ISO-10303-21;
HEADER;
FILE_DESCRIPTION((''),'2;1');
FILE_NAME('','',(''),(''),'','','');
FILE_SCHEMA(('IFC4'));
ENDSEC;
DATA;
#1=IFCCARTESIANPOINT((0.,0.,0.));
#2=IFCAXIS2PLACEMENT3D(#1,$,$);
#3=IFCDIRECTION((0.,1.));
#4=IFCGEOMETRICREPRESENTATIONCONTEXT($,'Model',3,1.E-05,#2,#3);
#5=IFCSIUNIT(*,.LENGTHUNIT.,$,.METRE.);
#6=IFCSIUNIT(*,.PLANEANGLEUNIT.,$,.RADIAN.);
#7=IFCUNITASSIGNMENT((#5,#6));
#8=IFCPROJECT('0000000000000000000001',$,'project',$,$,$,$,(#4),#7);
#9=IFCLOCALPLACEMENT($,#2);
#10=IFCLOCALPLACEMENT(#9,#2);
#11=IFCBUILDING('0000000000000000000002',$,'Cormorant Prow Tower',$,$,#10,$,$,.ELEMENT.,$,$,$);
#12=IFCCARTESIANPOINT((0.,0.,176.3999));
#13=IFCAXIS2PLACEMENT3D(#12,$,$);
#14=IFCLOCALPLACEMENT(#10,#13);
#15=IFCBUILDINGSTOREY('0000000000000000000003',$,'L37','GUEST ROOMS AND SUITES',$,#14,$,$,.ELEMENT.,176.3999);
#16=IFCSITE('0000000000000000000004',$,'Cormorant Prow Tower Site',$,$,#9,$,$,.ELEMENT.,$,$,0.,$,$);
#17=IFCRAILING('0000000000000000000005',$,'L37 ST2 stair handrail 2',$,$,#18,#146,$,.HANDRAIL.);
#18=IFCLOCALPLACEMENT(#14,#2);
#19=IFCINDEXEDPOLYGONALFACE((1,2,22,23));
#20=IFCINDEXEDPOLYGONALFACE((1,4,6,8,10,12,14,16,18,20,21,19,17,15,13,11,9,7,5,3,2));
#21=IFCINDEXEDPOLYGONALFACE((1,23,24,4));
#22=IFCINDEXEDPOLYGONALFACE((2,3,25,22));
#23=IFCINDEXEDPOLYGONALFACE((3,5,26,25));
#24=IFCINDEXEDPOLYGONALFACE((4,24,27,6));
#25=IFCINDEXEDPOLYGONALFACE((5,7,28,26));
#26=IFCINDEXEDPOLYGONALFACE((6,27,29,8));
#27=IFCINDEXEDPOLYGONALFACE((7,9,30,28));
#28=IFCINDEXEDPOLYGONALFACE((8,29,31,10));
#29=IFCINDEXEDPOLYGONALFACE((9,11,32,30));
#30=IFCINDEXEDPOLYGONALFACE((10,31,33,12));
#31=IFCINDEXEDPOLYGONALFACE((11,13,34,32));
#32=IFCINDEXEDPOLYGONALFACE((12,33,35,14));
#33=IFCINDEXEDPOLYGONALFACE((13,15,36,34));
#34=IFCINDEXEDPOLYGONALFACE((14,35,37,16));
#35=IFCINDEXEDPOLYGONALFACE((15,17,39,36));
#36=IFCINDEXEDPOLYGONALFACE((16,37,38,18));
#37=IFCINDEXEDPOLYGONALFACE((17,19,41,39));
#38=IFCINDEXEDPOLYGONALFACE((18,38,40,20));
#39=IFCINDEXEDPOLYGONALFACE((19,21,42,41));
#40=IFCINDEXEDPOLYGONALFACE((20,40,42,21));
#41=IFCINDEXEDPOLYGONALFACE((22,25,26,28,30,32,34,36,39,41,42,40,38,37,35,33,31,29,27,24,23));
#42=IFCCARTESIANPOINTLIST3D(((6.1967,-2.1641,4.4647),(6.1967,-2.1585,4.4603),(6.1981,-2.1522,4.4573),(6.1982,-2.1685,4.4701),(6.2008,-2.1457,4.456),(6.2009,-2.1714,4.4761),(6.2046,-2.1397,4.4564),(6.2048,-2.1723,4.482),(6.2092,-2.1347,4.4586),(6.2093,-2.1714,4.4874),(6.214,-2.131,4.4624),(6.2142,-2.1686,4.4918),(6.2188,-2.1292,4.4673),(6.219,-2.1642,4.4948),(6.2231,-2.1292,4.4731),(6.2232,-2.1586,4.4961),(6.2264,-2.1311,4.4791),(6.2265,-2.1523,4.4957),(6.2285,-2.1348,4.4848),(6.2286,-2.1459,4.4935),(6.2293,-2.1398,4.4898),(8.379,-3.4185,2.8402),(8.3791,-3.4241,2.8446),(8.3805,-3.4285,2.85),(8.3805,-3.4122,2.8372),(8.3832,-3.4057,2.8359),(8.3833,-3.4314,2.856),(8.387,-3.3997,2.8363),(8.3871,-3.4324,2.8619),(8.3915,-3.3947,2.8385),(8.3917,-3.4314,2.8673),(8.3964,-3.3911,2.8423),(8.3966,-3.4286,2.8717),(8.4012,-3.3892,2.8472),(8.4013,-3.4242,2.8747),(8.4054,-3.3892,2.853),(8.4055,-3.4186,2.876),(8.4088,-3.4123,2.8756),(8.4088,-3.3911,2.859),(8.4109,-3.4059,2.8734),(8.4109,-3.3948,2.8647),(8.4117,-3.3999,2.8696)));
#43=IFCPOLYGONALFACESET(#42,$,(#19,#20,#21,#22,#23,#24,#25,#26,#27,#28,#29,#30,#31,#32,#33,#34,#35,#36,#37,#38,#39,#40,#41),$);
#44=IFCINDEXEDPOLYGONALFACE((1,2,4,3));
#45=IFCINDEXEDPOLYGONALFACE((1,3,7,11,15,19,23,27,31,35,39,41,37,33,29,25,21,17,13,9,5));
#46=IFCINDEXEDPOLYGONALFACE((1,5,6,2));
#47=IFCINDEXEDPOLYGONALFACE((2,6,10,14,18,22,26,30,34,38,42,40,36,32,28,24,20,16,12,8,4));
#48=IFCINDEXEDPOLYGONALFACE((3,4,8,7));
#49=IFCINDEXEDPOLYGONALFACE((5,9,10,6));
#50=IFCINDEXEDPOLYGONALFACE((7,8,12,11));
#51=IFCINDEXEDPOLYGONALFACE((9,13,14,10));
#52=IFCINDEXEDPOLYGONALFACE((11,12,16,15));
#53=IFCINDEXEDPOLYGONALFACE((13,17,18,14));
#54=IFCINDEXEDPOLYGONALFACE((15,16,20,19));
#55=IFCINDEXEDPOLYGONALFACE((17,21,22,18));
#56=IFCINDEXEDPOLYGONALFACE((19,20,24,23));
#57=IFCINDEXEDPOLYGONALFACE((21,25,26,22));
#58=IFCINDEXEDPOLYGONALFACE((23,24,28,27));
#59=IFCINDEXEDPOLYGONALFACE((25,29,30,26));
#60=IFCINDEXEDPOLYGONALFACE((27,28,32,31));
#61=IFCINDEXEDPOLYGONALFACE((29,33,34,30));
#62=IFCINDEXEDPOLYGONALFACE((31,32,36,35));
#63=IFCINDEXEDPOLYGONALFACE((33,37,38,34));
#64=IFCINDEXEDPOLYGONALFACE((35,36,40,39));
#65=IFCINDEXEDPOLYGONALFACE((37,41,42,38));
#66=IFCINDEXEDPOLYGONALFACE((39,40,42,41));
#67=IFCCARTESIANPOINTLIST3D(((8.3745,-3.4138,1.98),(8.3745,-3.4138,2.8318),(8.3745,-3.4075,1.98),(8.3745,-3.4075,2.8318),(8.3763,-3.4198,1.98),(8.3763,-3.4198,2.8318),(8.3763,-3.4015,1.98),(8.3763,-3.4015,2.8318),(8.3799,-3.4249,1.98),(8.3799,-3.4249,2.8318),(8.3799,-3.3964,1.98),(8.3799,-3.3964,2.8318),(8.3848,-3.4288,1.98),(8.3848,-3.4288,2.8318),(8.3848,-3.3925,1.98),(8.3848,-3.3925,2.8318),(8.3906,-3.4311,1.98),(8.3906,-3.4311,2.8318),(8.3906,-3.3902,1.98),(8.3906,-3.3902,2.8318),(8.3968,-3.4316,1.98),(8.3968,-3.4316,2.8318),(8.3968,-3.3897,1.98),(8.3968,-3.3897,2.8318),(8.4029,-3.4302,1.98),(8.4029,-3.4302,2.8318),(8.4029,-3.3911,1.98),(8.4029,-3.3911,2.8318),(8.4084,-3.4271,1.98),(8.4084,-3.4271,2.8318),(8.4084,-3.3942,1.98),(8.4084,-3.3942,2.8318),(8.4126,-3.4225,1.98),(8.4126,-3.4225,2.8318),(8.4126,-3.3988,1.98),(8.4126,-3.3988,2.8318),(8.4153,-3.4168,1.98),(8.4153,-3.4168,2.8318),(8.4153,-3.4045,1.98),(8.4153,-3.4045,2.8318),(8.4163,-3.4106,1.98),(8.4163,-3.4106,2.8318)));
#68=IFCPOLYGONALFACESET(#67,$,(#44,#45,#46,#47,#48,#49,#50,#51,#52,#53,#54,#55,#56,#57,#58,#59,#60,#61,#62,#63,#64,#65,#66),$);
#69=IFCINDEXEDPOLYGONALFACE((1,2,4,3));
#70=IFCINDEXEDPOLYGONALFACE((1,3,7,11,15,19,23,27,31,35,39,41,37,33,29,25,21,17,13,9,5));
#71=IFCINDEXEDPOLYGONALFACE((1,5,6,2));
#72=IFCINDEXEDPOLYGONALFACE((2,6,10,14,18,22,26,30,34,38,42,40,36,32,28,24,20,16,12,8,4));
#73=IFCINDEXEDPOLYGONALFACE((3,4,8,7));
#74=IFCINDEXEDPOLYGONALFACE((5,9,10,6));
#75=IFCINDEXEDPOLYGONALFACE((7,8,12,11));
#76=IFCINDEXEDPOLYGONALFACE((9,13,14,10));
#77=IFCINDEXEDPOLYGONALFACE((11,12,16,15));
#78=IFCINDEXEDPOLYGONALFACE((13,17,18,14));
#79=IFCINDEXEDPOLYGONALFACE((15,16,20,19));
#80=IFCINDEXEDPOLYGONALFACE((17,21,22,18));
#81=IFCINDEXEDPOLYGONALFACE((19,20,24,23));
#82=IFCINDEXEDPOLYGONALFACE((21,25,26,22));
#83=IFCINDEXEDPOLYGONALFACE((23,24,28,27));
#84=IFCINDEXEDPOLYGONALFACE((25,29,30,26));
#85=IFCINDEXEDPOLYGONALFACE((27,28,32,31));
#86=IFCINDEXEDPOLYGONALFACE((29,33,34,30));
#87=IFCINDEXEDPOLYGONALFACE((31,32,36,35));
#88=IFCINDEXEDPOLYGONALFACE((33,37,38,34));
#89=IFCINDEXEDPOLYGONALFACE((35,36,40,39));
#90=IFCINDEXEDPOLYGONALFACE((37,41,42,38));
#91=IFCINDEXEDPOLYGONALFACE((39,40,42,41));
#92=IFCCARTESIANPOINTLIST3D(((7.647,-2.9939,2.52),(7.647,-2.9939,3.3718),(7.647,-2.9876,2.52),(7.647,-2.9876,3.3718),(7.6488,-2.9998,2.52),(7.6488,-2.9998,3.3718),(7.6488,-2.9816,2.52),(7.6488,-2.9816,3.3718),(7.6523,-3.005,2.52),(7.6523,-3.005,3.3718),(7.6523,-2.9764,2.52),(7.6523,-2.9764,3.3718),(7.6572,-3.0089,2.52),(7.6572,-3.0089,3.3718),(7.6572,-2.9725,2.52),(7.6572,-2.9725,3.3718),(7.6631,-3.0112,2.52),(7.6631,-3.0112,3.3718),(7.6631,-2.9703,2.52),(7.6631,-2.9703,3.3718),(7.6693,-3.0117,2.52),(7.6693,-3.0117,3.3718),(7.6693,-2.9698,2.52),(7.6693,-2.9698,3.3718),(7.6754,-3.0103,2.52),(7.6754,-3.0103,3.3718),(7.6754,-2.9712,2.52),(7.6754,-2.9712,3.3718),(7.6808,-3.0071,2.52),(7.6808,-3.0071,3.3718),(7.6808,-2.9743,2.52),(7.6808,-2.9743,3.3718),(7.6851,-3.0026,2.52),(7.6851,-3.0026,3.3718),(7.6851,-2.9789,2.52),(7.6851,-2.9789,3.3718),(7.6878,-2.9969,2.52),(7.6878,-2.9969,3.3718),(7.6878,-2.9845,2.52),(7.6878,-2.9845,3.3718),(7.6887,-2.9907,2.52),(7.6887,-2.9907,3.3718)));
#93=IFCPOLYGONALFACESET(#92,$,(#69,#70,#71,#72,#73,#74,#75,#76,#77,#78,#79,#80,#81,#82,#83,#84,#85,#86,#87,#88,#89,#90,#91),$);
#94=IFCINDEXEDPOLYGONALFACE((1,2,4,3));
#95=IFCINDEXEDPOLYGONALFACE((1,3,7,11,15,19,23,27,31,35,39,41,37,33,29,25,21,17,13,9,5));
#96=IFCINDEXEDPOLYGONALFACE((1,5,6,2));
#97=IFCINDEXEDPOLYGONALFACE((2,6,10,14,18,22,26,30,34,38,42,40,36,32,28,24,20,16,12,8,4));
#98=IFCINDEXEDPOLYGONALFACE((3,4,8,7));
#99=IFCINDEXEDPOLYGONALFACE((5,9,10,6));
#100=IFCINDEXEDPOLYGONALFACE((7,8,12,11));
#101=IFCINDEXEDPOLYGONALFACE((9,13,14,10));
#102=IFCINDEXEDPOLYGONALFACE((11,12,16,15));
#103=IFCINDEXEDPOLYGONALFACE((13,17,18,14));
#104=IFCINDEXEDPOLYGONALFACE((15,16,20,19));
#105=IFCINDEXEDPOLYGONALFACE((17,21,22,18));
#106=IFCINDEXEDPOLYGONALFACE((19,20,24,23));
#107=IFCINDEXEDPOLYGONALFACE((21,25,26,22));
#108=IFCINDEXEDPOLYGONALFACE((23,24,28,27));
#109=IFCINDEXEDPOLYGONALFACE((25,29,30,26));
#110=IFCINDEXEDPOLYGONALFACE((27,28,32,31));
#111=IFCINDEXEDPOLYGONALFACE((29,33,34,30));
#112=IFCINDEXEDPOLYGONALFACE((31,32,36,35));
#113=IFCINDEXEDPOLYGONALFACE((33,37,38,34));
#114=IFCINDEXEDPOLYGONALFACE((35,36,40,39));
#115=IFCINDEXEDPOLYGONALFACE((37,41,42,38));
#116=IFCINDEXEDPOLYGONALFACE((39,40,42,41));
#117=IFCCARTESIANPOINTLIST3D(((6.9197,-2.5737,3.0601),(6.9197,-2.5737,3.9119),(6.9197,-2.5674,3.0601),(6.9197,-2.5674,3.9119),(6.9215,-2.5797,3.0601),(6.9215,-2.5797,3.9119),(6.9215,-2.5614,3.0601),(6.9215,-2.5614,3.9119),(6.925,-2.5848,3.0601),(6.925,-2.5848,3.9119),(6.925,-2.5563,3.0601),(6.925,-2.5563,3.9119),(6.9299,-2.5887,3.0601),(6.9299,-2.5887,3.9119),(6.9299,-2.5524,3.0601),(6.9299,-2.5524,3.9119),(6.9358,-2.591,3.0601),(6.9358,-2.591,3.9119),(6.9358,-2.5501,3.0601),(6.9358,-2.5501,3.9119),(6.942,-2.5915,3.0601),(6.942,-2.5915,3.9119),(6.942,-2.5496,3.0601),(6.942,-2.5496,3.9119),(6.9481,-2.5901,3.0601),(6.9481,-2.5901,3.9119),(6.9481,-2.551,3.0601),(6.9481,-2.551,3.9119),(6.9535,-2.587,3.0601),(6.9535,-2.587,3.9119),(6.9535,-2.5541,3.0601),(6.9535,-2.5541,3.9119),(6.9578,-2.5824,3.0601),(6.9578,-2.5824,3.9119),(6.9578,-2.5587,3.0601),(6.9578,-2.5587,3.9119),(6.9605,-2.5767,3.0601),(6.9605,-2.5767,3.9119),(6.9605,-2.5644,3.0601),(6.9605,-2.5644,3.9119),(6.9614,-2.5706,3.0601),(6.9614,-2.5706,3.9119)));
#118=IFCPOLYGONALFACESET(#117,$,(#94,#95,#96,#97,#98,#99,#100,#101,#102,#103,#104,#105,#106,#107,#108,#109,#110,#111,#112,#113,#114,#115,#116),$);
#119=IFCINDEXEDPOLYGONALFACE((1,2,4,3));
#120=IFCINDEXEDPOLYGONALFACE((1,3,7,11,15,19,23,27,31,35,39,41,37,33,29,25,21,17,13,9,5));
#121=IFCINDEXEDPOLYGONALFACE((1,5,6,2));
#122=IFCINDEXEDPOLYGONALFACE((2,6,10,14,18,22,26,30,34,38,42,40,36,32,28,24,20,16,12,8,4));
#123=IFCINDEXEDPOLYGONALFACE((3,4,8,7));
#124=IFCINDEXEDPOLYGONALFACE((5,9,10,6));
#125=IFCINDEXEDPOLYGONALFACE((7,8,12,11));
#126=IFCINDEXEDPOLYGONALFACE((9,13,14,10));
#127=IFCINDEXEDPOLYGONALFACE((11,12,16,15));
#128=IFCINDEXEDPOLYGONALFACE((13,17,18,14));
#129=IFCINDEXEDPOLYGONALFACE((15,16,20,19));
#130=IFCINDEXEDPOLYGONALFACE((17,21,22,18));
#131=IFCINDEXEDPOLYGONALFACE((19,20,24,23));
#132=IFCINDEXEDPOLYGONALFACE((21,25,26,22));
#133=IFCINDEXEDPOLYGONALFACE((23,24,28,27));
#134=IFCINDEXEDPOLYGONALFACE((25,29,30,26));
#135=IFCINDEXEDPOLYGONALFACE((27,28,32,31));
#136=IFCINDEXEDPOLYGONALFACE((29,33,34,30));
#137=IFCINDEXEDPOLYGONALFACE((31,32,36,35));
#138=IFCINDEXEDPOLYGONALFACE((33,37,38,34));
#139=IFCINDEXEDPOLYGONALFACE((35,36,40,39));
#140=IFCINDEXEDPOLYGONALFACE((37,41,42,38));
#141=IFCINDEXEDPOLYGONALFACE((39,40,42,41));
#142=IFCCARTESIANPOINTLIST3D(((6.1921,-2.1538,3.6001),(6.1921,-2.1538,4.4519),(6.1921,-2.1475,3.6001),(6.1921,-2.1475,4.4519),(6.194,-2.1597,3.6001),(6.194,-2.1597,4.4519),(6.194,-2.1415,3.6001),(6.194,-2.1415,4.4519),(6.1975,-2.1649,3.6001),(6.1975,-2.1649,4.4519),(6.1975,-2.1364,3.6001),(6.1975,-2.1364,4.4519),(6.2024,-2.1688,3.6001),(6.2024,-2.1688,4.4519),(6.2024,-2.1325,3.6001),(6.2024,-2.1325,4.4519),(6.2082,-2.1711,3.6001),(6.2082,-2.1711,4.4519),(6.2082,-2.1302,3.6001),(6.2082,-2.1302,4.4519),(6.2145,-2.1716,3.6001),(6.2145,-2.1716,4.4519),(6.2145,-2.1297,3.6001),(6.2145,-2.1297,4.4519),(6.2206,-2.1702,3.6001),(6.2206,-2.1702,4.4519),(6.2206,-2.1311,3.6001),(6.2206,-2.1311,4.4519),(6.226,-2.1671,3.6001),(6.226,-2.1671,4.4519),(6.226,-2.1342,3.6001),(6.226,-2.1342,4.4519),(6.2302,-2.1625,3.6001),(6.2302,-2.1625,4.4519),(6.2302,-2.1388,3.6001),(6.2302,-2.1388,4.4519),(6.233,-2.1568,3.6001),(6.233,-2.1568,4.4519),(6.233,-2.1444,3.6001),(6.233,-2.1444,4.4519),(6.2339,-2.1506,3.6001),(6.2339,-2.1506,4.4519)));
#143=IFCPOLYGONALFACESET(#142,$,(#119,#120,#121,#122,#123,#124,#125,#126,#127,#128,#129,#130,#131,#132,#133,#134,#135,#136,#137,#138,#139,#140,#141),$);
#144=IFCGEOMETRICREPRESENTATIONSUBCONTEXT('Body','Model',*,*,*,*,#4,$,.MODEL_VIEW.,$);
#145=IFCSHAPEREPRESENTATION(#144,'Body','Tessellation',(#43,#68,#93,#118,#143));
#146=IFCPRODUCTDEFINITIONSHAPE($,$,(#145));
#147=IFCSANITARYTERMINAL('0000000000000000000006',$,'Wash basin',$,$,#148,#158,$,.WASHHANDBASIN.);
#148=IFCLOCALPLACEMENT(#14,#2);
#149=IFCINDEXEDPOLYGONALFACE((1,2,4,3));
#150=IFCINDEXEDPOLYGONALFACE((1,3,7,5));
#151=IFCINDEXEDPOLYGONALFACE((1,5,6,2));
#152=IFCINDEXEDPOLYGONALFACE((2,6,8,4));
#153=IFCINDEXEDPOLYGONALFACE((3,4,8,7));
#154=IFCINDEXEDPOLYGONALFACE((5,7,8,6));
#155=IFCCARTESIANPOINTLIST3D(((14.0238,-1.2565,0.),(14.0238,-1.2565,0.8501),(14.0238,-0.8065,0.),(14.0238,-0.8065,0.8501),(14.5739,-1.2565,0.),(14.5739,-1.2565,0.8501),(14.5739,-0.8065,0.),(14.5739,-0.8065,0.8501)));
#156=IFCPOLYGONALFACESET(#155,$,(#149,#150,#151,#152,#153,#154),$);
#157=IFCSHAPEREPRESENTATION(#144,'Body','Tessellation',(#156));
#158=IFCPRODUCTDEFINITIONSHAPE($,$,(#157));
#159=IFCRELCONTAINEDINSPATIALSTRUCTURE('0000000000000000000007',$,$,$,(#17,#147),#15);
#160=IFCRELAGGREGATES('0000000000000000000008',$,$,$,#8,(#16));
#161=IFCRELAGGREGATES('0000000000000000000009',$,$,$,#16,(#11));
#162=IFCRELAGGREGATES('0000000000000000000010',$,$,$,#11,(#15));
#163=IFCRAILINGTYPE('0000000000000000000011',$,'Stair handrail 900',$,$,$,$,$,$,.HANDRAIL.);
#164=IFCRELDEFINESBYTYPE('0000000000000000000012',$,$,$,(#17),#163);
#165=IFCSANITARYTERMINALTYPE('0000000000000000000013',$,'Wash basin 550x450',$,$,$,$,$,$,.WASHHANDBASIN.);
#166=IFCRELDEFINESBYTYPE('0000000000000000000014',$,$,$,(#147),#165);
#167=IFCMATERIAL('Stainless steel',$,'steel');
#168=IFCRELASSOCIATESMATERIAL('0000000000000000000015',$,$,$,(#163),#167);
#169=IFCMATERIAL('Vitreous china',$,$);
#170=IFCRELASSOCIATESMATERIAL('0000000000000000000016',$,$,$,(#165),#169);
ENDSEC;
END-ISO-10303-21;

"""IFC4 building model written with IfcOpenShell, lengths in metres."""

from ifc_helpers import new_model, si_unit, direction, frame, origin, origin_2d, place, context, subcontext, project, spatial, rectangle, circle, extrude, material, type_object, element, save


model = new_model("IFC4")

# Units and contexts
model_context = context("Model", 3, precision=1e-05, world=origin(), true_north=direction((0.0, 1.0)))
body_context = subcontext(model_context, "Body", "Model", "MODEL_VIEW")
ifc_project = project(units=[si_unit("LENGTHUNIT", "METRE"), si_unit("PLANEANGLEUNIT", "RADIAN")], contexts=[model_context])

# Site, building, storey
site_placement = place(None, origin())
site = spatial("IfcSite", under=ifc_project, at=site_placement, Name="Cormorant Prow Tower Site", CompositionType="ELEMENT", RefElevation=0.0)
building_placement = place(site_placement, origin())
building = spatial("IfcBuilding", under=site, at=building_placement, Name="Cormorant Prow Tower", CompositionType="ELEMENT")
storey_placement = place(building_placement, frame((0.0, 0.0, 176.3999)))
storey = spatial("IfcBuildingStorey", under=building, at=storey_placement, Name="L37", Description="GUEST ROOMS AND SUITES", CompositionType="ELEMENT", Elevation=176.3999)

# Railing
ifc_material_1 = material(Name="Stainless steel", Category="steel")
railing_type_1 = type_object("IfcRailingType", Name="Stair handrail 900", PredefinedType="HANDRAIL", material=ifc_material_1)
railing_1_placement = place(storey_placement, frame((8.3953, -3.4106, 1.98)))
element("IfcRailing", 1, at=railing_1_placement, inside=storey, type_object=railing_type_1, Name="L37 ST2 stair handrail 2", PredefinedType="HANDRAIL", context=body_context, shape_type="SweptSolid", body=[
    extrude(circle(Radius=0.0239, at=origin_2d()), frame((0.0, 0.0, 0.876), z_axis=(-0.728464, 0.420584, 0.540786), x_axis=(-0.500005, -0.866023, 0.0)), (0.0, 0.0, 1.0), 2.9958),
    extrude(circle(Radius=0.021, at=origin_2d()), origin(), (0.0, 0.0, 1.0), 0.8518),
    extrude(circle(Radius=0.021, at=origin_2d()), frame((-0.7275, 0.4199, 0.54)), (0.0, 0.0, 1.0), 0.8518),
    extrude(circle(Radius=0.021, at=origin_2d()), frame((-1.4548, 0.8401, 1.0801)), (0.0, 0.0, 1.0), 0.8518),
    extrude(circle(Radius=0.021, at=origin_2d()), frame((-2.1824, 1.26, 1.6201)), (0.0, 0.0, 1.0), 0.8518),
])

# Sanitary terminal
ifc_material_2 = material(Name="Vitreous china")
sanitary_terminal_type = type_object("IfcSanitaryTerminalType", Name="Wash basin 550x450", PredefinedType="WASHHANDBASIN", material=ifc_material_2)
sanitary_terminal_placement = place(storey_placement, frame((14.2988, -1.0315, 0.0), z_axis=(0.0, 0.0, 1.0), x_axis=(1.0, 0.0, 0.0)))
element("IfcSanitaryTerminal", 2, at=sanitary_terminal_placement, inside=storey, type_object=sanitary_terminal_type, Name="Wash basin", PredefinedType="WASHHANDBASIN", context=body_context, shape_type="SweptSolid", body=[
    extrude(rectangle(XDim=0.55, YDim=0.45, at=origin_2d()), origin(), (0.0, 0.0, 1.0), 0.8501),
])

save(model, "model.ifc")
